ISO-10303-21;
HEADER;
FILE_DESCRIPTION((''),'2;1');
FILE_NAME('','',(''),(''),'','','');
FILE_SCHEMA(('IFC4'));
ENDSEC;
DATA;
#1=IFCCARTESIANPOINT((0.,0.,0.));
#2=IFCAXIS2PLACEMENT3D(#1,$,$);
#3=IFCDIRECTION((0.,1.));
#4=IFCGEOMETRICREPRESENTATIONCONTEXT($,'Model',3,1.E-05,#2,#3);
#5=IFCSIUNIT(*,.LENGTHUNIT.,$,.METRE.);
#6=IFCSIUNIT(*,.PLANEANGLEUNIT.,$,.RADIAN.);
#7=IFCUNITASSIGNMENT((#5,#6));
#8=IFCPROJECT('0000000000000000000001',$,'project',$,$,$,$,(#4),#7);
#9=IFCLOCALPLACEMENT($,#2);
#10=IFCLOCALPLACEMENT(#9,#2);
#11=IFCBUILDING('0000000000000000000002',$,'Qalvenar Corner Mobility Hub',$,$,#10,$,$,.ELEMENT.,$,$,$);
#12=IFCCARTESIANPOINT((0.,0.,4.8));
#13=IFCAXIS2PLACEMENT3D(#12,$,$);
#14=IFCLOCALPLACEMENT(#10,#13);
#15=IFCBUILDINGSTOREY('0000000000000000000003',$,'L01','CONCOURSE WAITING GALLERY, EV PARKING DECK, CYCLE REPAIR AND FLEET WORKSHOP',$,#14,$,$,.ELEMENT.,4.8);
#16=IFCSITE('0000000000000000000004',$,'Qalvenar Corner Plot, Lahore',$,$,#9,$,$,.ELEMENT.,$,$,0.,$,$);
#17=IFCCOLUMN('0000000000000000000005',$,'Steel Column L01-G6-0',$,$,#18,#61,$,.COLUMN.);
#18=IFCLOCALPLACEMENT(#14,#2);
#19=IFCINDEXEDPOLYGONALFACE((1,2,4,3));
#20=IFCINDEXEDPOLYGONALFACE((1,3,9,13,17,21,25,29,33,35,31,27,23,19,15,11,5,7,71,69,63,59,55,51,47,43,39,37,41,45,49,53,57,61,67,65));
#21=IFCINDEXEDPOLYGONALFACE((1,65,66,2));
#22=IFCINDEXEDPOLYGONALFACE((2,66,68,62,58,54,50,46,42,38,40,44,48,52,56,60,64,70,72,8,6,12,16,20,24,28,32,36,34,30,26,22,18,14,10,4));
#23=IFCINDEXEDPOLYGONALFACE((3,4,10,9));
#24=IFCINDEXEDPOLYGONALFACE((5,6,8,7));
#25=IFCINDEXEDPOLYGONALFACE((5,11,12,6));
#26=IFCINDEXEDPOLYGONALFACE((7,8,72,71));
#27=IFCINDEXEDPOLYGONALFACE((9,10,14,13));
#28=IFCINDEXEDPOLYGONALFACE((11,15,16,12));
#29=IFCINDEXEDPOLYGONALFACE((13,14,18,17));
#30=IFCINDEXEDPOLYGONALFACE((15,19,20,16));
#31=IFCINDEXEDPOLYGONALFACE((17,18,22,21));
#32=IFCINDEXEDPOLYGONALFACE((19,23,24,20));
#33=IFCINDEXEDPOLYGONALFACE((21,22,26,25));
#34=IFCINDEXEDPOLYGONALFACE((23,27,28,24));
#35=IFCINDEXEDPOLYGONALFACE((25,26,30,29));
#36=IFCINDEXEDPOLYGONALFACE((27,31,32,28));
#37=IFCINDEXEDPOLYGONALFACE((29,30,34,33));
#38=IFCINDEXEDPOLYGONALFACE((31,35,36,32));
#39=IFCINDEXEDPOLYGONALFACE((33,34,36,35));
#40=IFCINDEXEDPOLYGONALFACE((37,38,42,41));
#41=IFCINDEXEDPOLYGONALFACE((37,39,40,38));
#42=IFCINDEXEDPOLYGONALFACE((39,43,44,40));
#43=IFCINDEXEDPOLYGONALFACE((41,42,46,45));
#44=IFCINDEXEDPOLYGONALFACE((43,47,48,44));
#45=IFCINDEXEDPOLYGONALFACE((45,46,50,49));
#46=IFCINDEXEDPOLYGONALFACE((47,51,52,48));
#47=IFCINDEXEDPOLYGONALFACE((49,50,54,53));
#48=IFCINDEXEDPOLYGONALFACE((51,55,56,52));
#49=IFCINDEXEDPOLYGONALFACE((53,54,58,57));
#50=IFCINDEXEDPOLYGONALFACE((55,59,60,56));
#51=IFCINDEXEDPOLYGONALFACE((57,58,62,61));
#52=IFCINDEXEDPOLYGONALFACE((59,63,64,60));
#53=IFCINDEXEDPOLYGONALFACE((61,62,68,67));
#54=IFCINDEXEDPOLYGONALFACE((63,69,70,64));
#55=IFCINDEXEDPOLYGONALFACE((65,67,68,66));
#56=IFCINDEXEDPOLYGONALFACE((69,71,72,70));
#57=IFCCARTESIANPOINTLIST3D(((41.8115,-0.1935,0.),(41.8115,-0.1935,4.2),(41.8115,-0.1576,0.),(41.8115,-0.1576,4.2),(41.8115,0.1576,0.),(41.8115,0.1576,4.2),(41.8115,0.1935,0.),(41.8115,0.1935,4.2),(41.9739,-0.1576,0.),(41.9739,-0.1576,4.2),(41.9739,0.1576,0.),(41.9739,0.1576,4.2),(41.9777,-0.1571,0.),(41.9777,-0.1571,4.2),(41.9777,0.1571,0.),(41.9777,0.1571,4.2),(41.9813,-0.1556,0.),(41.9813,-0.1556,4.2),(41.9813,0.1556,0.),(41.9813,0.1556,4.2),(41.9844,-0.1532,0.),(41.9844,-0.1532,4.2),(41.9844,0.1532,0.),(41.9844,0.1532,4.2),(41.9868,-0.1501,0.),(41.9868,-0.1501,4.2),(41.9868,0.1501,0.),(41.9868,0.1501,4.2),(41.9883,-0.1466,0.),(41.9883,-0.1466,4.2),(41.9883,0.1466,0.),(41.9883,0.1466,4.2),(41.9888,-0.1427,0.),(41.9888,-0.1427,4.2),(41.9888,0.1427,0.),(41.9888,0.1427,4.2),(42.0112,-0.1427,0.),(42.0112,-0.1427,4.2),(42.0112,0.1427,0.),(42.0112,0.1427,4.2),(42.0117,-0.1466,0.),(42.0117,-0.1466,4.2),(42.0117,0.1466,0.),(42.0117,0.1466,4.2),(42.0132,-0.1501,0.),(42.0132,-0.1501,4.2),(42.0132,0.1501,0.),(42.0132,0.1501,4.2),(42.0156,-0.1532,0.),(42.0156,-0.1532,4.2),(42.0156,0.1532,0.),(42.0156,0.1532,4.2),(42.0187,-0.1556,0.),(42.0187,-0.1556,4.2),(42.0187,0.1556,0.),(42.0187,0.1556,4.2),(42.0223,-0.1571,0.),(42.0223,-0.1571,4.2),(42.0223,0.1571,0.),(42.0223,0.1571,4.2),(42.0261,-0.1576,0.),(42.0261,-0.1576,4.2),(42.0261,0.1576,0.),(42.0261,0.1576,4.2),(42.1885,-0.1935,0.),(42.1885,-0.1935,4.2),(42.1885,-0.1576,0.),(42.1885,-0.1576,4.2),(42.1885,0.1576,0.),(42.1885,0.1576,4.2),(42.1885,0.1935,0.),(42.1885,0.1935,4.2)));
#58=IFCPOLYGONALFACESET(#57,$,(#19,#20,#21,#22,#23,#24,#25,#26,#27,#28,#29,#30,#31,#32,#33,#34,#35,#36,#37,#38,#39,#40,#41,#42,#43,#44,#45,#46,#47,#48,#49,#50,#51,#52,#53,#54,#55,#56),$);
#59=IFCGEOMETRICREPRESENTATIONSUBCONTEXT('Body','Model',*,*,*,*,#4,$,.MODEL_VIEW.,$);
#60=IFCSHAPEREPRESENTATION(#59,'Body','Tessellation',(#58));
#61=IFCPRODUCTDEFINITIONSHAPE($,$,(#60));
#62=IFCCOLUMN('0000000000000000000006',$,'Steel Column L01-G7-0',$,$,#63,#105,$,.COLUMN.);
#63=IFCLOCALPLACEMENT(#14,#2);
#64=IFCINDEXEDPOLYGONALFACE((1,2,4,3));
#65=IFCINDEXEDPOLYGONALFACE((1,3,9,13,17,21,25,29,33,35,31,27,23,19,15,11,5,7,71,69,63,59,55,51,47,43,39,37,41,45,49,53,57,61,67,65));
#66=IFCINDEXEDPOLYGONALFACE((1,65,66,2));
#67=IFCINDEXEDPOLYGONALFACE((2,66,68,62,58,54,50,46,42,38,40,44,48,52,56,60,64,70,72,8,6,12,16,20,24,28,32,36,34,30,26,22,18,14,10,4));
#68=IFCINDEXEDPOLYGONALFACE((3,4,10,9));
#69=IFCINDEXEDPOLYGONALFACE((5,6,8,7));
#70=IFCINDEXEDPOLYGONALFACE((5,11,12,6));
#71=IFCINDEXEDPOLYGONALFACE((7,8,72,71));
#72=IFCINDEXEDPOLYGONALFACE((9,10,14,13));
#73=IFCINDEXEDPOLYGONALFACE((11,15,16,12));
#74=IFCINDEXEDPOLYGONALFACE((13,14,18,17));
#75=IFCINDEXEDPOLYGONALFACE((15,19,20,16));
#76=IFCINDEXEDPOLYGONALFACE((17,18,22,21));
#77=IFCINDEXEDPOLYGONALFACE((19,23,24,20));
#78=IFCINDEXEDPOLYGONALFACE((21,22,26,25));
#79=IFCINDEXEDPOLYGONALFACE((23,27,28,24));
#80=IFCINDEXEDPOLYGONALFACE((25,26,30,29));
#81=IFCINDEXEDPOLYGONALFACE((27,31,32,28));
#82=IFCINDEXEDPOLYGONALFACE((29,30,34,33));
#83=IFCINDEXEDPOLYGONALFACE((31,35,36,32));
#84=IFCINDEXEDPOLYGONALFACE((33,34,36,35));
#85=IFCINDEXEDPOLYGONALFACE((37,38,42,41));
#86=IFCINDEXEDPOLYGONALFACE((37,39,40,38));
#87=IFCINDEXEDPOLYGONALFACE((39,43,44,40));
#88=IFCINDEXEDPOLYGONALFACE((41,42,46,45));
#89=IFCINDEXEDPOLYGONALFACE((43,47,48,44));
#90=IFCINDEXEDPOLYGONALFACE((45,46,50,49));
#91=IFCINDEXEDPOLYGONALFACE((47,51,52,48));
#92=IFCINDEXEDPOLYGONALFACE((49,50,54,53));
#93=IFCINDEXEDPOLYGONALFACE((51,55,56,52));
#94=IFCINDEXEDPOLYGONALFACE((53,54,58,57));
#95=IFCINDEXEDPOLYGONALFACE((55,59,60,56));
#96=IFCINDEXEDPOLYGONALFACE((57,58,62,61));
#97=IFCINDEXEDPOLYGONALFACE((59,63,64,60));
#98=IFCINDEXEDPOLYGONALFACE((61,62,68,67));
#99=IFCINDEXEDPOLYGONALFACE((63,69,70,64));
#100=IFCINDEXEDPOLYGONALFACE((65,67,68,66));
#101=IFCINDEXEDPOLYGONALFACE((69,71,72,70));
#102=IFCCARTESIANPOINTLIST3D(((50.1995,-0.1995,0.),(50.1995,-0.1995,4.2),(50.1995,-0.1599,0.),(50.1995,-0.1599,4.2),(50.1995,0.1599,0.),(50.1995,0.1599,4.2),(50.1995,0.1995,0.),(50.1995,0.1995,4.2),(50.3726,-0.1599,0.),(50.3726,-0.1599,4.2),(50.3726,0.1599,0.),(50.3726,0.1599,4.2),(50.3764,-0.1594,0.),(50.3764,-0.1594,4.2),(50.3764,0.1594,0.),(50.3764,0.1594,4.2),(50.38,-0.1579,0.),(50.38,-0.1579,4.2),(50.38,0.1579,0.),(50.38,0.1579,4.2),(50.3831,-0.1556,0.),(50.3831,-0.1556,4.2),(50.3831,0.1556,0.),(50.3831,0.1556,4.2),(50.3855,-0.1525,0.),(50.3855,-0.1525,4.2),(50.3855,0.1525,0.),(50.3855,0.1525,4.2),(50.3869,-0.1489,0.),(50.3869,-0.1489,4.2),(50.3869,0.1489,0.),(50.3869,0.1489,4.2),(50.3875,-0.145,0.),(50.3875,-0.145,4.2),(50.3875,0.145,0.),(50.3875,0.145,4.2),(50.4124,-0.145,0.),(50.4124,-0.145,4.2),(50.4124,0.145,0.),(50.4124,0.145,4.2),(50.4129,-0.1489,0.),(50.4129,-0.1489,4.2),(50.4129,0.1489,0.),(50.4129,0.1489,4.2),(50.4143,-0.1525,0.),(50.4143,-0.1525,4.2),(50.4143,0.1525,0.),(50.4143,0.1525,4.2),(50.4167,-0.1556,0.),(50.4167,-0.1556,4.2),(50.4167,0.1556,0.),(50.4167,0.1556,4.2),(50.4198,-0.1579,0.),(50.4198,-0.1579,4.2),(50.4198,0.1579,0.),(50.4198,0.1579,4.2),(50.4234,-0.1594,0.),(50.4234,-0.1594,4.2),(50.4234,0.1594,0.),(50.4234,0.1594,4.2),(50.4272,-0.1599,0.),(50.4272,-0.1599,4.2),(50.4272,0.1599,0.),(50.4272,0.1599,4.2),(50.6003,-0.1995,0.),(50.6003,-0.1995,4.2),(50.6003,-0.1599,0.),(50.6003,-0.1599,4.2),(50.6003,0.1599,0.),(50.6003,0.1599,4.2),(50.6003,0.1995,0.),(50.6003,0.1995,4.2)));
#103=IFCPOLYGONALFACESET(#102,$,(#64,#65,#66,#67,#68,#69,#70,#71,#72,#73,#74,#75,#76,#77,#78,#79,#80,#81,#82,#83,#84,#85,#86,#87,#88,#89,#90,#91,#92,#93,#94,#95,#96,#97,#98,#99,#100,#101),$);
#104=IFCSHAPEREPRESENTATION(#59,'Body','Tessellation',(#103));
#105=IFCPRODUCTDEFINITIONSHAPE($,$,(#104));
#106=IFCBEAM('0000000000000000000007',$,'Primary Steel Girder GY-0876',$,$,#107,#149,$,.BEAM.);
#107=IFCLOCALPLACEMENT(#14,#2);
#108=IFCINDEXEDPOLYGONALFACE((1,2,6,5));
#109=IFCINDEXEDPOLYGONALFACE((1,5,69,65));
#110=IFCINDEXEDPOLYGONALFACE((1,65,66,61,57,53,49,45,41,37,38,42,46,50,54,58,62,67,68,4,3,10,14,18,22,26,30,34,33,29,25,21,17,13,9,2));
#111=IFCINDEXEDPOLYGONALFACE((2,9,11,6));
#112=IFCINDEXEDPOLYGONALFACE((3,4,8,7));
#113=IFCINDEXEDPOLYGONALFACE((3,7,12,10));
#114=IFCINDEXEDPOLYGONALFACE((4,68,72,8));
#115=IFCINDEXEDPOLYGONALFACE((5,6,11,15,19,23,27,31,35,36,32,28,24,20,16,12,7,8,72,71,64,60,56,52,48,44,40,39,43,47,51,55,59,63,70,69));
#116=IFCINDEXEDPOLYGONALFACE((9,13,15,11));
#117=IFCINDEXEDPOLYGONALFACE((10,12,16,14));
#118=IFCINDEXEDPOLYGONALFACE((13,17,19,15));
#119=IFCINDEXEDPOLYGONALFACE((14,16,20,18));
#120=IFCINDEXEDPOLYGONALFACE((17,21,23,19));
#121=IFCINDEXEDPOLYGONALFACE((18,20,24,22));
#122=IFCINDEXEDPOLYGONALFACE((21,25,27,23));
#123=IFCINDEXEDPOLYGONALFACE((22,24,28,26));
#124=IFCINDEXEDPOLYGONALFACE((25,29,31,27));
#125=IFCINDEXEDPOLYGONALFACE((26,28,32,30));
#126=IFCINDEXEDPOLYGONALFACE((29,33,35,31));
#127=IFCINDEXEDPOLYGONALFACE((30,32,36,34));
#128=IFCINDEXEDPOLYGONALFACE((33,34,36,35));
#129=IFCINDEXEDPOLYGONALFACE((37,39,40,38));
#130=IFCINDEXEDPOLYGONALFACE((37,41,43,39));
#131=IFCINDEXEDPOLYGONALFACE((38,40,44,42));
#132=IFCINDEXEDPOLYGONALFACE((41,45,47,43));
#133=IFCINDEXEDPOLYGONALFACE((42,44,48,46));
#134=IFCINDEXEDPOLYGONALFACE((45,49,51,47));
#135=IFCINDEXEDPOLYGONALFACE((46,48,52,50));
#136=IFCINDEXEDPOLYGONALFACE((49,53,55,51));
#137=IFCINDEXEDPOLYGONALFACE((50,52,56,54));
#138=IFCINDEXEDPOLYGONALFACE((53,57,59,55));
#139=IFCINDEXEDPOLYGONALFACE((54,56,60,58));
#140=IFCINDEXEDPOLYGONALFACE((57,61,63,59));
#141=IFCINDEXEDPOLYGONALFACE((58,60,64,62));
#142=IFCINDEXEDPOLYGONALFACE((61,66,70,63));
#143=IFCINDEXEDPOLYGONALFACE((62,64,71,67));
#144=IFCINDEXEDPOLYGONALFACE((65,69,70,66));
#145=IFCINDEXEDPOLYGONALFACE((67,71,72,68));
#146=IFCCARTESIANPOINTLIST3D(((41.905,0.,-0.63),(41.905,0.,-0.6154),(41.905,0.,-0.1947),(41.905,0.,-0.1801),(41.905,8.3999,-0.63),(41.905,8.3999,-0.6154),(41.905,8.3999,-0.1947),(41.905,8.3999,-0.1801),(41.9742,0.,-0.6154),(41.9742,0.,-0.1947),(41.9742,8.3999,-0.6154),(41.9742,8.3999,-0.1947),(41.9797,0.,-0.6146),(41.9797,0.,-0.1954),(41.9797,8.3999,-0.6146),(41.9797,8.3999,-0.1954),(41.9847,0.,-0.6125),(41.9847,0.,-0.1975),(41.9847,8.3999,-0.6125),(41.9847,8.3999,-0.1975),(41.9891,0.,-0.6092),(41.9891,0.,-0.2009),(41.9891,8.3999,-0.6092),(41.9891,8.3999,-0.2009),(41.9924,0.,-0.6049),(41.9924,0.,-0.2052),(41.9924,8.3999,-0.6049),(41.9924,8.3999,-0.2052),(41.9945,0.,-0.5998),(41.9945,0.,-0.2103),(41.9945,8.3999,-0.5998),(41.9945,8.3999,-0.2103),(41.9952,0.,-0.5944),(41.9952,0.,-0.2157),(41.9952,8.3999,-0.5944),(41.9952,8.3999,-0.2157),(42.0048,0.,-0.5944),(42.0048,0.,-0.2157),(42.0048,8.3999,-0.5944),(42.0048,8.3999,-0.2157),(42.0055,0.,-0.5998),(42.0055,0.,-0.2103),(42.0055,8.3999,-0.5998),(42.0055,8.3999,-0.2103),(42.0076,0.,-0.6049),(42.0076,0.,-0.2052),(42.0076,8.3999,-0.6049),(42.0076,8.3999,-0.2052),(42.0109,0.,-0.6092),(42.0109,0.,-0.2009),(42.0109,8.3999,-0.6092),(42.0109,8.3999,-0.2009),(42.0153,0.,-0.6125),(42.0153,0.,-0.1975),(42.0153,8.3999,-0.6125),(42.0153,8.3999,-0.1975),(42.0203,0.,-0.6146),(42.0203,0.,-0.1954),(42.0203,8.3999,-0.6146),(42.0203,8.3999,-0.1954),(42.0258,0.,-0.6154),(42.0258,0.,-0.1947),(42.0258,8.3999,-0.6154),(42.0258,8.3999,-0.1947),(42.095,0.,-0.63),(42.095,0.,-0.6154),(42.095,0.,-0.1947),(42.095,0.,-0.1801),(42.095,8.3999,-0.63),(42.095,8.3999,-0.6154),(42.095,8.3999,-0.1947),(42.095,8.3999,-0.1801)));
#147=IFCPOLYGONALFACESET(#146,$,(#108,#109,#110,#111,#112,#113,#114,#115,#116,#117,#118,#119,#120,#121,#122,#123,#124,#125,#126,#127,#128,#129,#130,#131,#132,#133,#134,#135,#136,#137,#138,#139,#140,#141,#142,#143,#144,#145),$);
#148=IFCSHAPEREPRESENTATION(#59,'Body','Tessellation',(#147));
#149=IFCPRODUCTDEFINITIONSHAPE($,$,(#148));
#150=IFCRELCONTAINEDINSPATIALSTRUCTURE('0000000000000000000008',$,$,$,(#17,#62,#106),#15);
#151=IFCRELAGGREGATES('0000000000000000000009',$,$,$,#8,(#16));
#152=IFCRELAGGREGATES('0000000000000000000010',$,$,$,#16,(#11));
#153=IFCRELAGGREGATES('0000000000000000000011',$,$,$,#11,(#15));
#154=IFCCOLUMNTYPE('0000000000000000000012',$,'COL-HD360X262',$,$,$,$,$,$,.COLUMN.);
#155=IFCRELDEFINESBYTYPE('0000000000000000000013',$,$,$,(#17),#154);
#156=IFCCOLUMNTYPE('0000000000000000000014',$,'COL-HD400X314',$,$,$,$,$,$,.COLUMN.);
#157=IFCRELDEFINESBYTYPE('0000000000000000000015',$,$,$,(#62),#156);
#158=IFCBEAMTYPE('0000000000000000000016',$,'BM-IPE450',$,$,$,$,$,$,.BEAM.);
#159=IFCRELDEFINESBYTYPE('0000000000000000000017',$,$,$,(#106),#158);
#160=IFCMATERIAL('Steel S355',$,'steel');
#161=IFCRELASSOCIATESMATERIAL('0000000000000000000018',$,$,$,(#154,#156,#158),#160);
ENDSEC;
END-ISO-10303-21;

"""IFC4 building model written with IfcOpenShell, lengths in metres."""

from ifc_helpers import new_model, si_unit, direction, frame, origin, origin_2d, place, context, subcontext, project, spatial, i_section, extrude, material, material_profile, profile_set, type_object, element, save


model = new_model("IFC4")

# Units and contexts
model_context = context("Model", 3, precision=1e-05, world=origin(), true_north=direction((0.0, 1.0)))
body_context = subcontext(model_context, "Body", "Model", "MODEL_VIEW")
ifc_project = project(units=[si_unit("LENGTHUNIT", "METRE"), si_unit("PLANEANGLEUNIT", "RADIAN")], contexts=[model_context])

# Site, building, storey
site_placement = place(None, origin())
site = spatial("IfcSite", under=ifc_project, at=site_placement, Name="Qalvenar Corner Plot, Lahore", CompositionType="ELEMENT", RefElevation=0.0)
building_placement = place(site_placement, origin())
building = spatial("IfcBuilding", under=site, at=building_placement, Name="Qalvenar Corner Mobility Hub", CompositionType="ELEMENT")
storey_placement = place(building_placement, frame((0.0, 0.0, 4.8)))
storey = spatial("IfcBuildingStorey", under=building, at=storey_placement, Name="L01", Description="CONCOURSE WAITING GALLERY, EV PARKING DECK, CYCLE REPAIR AND FLEET WORKSHOP", CompositionType="ELEMENT", Elevation=4.8)

# Columns
ifc_material_1 = material(Name="Steel S355", Category="steel")
ifc_material_profile_1 = material_profile(ifc_material_1, i_section(OverallWidth=0.377, OverallDepth=0.387, WebThickness=0.0225, FlangeThickness=0.0359, FilletRadius=0.0149, at=origin_2d()), Name="HD360x262")
ifc_profile_set_1 = profile_set([ifc_material_profile_1], Name="Steel S355")
column_type_1 = type_object("IfcColumnType", Name="COL-HD360X262", PredefinedType="COLUMN", material=ifc_profile_set_1)
column_1_placement = place(storey_placement, frame((42.0, 0.0, 0.0), z_axis=(0.0, 0.0, 1.0), x_axis=(1.0, 0.0, 0.0)))
element("IfcColumn", 1, at=column_1_placement, inside=storey, type_object=column_type_1, Name="Steel Column L01-G6-0", PredefinedType="COLUMN", context=body_context, shape_type="SweptSolid", body=[
    extrude(i_section(OverallWidth=0.377, OverallDepth=0.387, WebThickness=0.0225, FlangeThickness=0.0359, FilletRadius=0.0149, at=origin_2d()), origin(), (0.0, 0.0, 1.0), 4.2),
])
ifc_material_profile_2 = material_profile(ifc_material_1, i_section(OverallWidth=0.4009, OverallDepth=0.3989, WebThickness=0.0249, FlangeThickness=0.0396, FilletRadius=0.0149, at=origin_2d()), Name="HD400x314")
ifc_profile_set_2 = profile_set([ifc_material_profile_2], Name="Steel S355")
column_type_2 = type_object("IfcColumnType", Name="COL-HD400X314", PredefinedType="COLUMN", material=ifc_profile_set_2)
column_2_placement = place(storey_placement, frame((50.3999, 0.0, 0.0), z_axis=(0.0, 0.0, 1.0), x_axis=(1.0, 0.0, 0.0)))
element("IfcColumn", 2, at=column_2_placement, inside=storey, type_object=column_type_2, Name="Steel Column L01-G7-0", PredefinedType="COLUMN", context=body_context, shape_type="SweptSolid", body=[
    extrude(i_section(OverallWidth=0.4009, OverallDepth=0.3989, WebThickness=0.0249, FlangeThickness=0.0396, FilletRadius=0.0149, at=origin_2d()), origin(), (0.0, 0.0, 1.0), 4.2),
])

# Beam
ifc_material_profile_3 = material_profile(ifc_material_1, i_section(OverallWidth=0.1899, OverallDepth=0.45, WebThickness=0.0095, FlangeThickness=0.0146, FilletRadius=0.021, at=origin_2d()), Name="IPE450")
ifc_profile_set_3 = profile_set([ifc_material_profile_3], Name="Steel S355")
beam_type_1 = type_object("IfcBeamType", Name="BM-IPE450", PredefinedType="BEAM", material=ifc_profile_set_3)
beam_1_placement = place(storey_placement, frame((42.0, 0.0, -0.405), z_axis=(0.0, 1.0, 0.0), x_axis=(-1.0, 0.0, 0.0)))
element("IfcBeam", 3, at=beam_1_placement, inside=storey, type_object=beam_type_1, Name="Primary Steel Girder GY-0876", PredefinedType="BEAM", context=body_context, shape_type="SweptSolid", body=[
    extrude(i_section(OverallWidth=0.1899, OverallDepth=0.45, WebThickness=0.0095, FlangeThickness=0.0146, FilletRadius=0.021, at=origin_2d()), origin(), (0.0, 0.0, 1.0), 8.3999),
])

save(model, "model.ifc")
